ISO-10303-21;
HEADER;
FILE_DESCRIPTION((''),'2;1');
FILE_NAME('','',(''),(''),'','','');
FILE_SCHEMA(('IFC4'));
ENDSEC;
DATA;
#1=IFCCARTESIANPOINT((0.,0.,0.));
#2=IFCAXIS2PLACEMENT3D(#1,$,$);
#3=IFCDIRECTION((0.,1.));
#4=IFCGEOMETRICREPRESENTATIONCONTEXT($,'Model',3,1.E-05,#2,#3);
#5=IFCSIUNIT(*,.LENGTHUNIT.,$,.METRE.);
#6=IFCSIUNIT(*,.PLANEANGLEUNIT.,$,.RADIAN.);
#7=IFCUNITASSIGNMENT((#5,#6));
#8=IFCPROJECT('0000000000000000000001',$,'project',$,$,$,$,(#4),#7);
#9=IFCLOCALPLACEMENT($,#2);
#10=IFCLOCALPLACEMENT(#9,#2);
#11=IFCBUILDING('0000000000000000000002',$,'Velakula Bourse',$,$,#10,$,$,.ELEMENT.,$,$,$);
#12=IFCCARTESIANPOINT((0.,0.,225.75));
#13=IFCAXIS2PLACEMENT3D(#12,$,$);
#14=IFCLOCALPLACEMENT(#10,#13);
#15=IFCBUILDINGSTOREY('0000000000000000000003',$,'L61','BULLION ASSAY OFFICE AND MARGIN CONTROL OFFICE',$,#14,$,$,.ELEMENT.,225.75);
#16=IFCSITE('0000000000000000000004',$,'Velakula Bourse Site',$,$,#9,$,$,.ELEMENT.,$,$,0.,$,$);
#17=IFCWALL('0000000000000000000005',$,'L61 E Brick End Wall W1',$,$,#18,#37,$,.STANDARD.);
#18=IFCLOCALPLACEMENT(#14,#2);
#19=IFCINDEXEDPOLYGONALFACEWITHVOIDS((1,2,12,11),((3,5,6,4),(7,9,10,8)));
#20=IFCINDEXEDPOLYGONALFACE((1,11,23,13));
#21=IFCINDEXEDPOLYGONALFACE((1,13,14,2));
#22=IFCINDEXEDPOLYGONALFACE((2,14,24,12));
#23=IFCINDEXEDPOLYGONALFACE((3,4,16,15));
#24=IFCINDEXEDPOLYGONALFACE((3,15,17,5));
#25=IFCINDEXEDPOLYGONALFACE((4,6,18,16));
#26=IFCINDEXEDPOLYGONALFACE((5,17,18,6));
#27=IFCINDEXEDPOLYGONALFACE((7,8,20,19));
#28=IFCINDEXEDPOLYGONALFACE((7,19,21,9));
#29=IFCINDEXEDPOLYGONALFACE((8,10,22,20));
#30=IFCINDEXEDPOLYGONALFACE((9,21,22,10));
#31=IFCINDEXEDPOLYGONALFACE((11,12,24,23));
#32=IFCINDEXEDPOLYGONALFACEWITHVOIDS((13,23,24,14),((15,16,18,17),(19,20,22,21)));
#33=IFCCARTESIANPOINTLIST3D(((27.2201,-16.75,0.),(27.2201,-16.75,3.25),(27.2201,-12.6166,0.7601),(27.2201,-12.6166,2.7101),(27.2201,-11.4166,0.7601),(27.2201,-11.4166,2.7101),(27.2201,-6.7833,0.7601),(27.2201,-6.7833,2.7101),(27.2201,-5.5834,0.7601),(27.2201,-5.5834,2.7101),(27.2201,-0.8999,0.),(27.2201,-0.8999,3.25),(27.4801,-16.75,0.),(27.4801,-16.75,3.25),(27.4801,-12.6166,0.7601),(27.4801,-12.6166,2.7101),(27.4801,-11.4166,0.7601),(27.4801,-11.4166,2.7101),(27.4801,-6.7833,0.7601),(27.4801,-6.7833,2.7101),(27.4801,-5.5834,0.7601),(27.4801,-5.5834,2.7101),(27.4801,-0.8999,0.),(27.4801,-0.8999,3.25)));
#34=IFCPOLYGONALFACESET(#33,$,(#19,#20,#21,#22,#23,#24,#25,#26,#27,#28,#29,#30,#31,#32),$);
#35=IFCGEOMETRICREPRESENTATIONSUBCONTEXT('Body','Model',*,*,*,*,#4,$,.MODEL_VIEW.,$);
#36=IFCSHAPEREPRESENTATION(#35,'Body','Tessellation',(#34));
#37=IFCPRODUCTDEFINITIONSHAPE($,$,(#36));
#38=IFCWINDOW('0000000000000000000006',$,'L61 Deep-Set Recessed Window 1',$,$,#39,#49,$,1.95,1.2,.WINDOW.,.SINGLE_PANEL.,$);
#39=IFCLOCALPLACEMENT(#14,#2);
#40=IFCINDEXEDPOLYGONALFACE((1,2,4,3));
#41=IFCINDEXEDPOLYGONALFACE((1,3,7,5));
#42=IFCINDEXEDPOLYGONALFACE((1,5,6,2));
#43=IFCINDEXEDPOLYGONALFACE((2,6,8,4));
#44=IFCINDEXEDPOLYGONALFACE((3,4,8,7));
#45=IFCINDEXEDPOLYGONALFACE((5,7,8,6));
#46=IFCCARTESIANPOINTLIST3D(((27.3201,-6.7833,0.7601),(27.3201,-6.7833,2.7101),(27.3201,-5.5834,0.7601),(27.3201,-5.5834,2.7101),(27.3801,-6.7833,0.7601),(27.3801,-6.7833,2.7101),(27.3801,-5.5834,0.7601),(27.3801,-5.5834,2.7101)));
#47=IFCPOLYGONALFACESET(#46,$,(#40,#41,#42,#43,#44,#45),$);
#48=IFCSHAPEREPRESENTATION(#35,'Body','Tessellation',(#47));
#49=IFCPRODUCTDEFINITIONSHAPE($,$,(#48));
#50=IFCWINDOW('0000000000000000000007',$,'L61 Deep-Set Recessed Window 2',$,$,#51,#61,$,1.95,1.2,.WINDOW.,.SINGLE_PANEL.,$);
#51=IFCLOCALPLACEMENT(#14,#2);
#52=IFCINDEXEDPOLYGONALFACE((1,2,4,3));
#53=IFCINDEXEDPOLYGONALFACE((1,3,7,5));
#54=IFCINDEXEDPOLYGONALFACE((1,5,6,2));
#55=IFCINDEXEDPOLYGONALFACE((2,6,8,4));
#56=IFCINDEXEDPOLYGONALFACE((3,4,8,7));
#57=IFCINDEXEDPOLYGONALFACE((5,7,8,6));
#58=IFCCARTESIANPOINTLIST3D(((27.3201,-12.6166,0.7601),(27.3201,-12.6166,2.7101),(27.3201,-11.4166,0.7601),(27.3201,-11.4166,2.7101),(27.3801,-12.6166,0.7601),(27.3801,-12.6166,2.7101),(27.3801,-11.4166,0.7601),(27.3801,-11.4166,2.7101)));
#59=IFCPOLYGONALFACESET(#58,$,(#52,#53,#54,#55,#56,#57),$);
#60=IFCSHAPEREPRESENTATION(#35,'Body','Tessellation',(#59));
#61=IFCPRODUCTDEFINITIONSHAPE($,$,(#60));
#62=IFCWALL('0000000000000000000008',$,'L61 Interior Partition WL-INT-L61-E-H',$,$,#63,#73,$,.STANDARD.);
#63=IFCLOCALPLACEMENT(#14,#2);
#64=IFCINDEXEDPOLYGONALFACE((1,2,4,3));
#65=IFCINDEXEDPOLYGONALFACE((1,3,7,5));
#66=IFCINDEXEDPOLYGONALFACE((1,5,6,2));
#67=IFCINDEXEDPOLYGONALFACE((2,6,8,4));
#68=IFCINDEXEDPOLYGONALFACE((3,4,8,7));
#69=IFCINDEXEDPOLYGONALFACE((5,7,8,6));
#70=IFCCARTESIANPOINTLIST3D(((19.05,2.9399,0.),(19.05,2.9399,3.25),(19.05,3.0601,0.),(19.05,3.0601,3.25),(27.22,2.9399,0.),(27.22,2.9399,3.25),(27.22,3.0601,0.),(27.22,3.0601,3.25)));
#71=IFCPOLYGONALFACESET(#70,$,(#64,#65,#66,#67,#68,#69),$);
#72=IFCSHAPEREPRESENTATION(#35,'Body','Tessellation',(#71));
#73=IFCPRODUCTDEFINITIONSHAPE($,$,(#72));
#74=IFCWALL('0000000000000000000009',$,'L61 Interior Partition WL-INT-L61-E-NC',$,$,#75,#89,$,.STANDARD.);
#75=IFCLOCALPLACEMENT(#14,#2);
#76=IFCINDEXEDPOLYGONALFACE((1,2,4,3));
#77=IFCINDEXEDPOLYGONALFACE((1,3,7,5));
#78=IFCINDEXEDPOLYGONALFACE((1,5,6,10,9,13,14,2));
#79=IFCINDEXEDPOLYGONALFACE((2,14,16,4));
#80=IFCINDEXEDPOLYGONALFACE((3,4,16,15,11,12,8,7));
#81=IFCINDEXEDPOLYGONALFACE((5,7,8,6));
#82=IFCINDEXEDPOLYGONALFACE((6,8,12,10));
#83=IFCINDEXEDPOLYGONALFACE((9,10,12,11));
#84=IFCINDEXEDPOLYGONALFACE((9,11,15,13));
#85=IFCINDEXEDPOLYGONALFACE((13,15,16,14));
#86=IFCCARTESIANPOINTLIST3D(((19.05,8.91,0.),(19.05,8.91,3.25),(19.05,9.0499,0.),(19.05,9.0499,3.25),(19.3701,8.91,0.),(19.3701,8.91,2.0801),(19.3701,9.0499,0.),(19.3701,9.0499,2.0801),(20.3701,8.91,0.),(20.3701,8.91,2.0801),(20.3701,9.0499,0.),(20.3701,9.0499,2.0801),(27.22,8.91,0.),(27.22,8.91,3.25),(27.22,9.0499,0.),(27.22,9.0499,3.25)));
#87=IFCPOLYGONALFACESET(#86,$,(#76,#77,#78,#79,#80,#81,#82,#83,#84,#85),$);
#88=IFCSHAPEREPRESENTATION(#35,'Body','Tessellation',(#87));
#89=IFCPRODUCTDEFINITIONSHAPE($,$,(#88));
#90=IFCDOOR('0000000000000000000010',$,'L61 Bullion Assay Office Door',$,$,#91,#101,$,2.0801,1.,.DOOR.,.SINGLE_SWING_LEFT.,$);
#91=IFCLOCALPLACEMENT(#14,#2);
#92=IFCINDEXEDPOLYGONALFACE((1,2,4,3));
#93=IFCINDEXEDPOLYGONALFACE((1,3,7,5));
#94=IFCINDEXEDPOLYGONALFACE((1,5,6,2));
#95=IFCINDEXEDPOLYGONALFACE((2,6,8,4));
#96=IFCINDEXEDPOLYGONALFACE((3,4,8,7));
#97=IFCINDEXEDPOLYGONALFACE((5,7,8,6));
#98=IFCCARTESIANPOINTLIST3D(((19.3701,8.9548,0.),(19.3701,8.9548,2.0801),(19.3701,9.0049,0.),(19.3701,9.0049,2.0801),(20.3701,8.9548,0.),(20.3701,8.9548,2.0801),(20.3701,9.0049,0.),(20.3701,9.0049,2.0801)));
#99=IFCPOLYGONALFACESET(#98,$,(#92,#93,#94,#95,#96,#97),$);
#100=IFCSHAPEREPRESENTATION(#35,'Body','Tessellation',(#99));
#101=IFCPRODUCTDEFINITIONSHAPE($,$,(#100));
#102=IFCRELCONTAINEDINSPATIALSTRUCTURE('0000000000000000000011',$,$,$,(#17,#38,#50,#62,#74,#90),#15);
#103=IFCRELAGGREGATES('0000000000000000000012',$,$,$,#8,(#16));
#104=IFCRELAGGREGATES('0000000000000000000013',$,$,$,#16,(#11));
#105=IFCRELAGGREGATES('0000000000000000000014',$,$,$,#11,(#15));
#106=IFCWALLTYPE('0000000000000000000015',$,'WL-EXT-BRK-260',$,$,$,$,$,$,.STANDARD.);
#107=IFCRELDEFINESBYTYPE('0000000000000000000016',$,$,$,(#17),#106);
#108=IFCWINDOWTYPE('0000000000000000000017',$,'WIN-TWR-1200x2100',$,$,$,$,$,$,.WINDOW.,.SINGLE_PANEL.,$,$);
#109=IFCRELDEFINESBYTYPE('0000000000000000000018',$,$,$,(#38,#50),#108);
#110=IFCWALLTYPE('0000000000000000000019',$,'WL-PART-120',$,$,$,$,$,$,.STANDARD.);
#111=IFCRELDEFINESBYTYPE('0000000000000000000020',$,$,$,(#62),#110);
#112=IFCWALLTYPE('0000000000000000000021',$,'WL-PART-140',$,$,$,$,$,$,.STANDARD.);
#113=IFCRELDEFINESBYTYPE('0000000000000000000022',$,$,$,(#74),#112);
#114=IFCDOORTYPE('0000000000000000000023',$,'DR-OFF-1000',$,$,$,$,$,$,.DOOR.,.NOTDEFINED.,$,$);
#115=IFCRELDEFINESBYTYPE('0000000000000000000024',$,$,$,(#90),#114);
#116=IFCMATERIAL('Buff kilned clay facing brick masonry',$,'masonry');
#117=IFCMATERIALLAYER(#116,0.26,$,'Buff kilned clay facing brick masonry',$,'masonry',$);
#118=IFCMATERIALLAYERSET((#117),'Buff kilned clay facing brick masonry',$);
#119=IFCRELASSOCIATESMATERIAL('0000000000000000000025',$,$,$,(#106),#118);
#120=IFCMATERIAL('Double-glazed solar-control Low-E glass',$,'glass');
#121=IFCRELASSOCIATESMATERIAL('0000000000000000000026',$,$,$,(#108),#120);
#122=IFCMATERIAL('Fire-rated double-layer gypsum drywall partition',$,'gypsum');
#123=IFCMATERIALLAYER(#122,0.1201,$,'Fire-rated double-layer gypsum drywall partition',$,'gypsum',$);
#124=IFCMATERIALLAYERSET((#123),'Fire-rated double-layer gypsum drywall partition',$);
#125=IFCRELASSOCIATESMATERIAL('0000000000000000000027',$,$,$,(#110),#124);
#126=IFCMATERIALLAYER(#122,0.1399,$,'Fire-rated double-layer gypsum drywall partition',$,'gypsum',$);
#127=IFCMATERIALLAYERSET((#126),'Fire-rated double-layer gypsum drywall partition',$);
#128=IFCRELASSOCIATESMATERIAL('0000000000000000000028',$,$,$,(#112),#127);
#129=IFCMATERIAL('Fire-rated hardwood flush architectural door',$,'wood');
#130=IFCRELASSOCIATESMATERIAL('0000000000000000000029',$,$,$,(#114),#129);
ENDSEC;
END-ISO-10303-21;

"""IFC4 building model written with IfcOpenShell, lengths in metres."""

from ifc_helpers import new_model, si_unit, direction, frame, frame_2d, origin, place, context, subcontext, project, spatial, rectangle, extrude, material, layer, layer_set, type_object, element, fill, save


model = new_model("IFC4")

# Units and contexts
model_context = context("Model", 3, precision=1e-05, world=origin(), true_north=direction((0.0, 1.0)))
body_context = subcontext(model_context, "Body", "Model", "MODEL_VIEW")
ifc_project = project(units=[si_unit("LENGTHUNIT", "METRE"), si_unit("PLANEANGLEUNIT", "RADIAN")], contexts=[model_context])

# Site, building, storey
site_placement = place(None, origin())
site = spatial("IfcSite", under=ifc_project, at=site_placement, Name="Velakula Bourse Site", CompositionType="ELEMENT", RefElevation=0.0)
building_placement = place(site_placement, origin())
building = spatial("IfcBuilding", under=site, at=building_placement, Name="Velakula Bourse", CompositionType="ELEMENT")
storey_placement = place(building_placement, frame((0.0, 0.0, 225.75)))
storey = spatial("IfcBuildingStorey", under=building, at=storey_placement, Name="L61", Description="BULLION ASSAY OFFICE AND MARGIN CONTROL OFFICE", CompositionType="ELEMENT", Elevation=225.75)

# Wall, openings, windows
ifc_material_1 = material(Name="Buff kilned clay facing brick masonry", Category="masonry")
ifc_layer_1 = layer(ifc_material_1, 0.26, Name="Buff kilned clay facing brick masonry", Category="masonry")
ifc_layer_set_1 = layer_set([ifc_layer_1], Name="Buff kilned clay facing brick masonry")
wall_type_1 = type_object("IfcWallType", Name="WL-EXT-BRK-260", PredefinedType="STANDARD", material=ifc_layer_set_1)
wall_1_placement = place(storey_placement, frame((27.3501, -0.8999, 0.0), z_axis=(0.0, 0.0, 1.0), x_axis=(0.0, -1.0, 0.0)))
wall_1 = element("IfcWall", 1, at=wall_1_placement, inside=storey, type_object=wall_type_1, Name="L61 E Brick End Wall W1", PredefinedType="STANDARD", context=body_context, shape_type="SweptSolid", body=[
    extrude(rectangle(XDim=15.8501, YDim=0.26, at=frame_2d((7.925, 0.0))), origin(), (0.0, 0.0, 1.0), 3.25),
])
opening_1_placement = place(wall_1_placement, frame((4.6833, 0.0, 0.76)))
opening_1 = element("IfcOpeningElement", 2, at=opening_1_placement, cuts=wall_1, PredefinedType="OPENING", context=body_context, shape_type="SweptSolid", body=[
    extrude(rectangle(XDim=1.2, YDim=1.95, at=frame_2d((0.6001, 0.9751))), frame((0.0, 0.1399, 0.0), z_axis=(0.0, -1.0, 0.0), x_axis=(1.0, 0.0, 0.0)), (0.0, 0.0, 1.0), 0.28),
])
opening_2_placement = place(wall_1_placement, frame((10.5166, 0.0, 0.76)))
opening_2 = element("IfcOpeningElement", 3, at=opening_2_placement, cuts=wall_1, PredefinedType="OPENING", context=body_context, shape_type="SweptSolid", body=[
    extrude(rectangle(XDim=1.2, YDim=1.95, at=frame_2d((0.6001, 0.9751))), frame((0.0, 0.1399, 0.0), z_axis=(0.0, -1.0, 0.0), x_axis=(1.0, 0.0, 0.0)), (0.0, 0.0, 1.0), 0.28),
])
ifc_material_2 = material(Name="Double-glazed solar-control Low-E glass", Category="glass")
window_type = type_object("IfcWindowType", Name="WIN-TWR-1200x2100", PartitioningType="SINGLE_PANEL", PredefinedType="WINDOW", material=ifc_material_2)
window_1_placement = place(opening_1_placement, origin())
window_1 = element("IfcWindow", 4, at=window_1_placement, inside=storey, type_object=window_type, Name="L61 Deep-Set Recessed Window 1", OverallHeight=1.95, OverallWidth=1.2, PartitioningType="SINGLE_PANEL", PredefinedType="WINDOW", context=body_context, shape_type="SweptSolid", body=[
    extrude(rectangle(XDim=1.2, YDim=1.95, at=frame_2d((0.6001, 0.9751))), frame((0.0, 0.03, 0.0), z_axis=(0.0, -1.0, 0.0), x_axis=(1.0, 0.0, 0.0)), (0.0, 0.0, 1.0), 0.0601),
])
fill(opening_1, window_1)
window_2_placement = place(opening_2_placement, origin())
window_2 = element("IfcWindow", 5, at=window_2_placement, inside=storey, type_object=window_type, Name="L61 Deep-Set Recessed Window 2", OverallHeight=1.95, OverallWidth=1.2, PartitioningType="SINGLE_PANEL", PredefinedType="WINDOW", context=body_context, shape_type="SweptSolid", body=[
    extrude(rectangle(XDim=1.2, YDim=1.95, at=frame_2d((0.6001, 0.9751))), frame((0.0, 0.03, 0.0), z_axis=(0.0, -1.0, 0.0), x_axis=(1.0, 0.0, 0.0)), (0.0, 0.0, 1.0), 0.0601),
])
fill(opening_2, window_2)

# Wall
ifc_material_3 = material(Name="Fire-rated double-layer gypsum drywall partition", Category="gypsum")
ifc_layer_2 = layer(ifc_material_3, 0.1201, Name="Fire-rated double-layer gypsum drywall partition", Category="gypsum")
ifc_layer_set_2 = layer_set([ifc_layer_2], Name="Fire-rated double-layer gypsum drywall partition")
wall_type_2 = type_object("IfcWallType", Name="WL-PART-120", PredefinedType="STANDARD", material=ifc_layer_set_2)
wall_2_placement = place(storey_placement, frame((19.05, 3.0, 0.0), z_axis=(0.0, 0.0, 1.0), x_axis=(1.0, 0.0, 0.0)))
element("IfcWall", 6, at=wall_2_placement, inside=storey, type_object=wall_type_2, Name="L61 Interior Partition WL-INT-L61-E-H", PredefinedType="STANDARD", context=body_context, shape_type="SweptSolid", body=[
    extrude(rectangle(XDim=8.1699, YDim=0.1201, at=frame_2d((4.085, 0.0))), origin(), (0.0, 0.0, 1.0), 3.25),
])

# Wall, opening, door
ifc_layer_3 = layer(ifc_material_3, 0.1399, Name="Fire-rated double-layer gypsum drywall partition", Category="gypsum")
ifc_layer_set_3 = layer_set([ifc_layer_3], Name="Fire-rated double-layer gypsum drywall partition")
wall_type_3 = type_object("IfcWallType", Name="WL-PART-140", PredefinedType="STANDARD", material=ifc_layer_set_3)
wall_3_placement = place(storey_placement, frame((19.05, 8.98, 0.0), z_axis=(0.0, 0.0, 1.0), x_axis=(1.0, 0.0, 0.0)))
wall_3 = element("IfcWall", 7, at=wall_3_placement, inside=storey, type_object=wall_type_3, Name="L61 Interior Partition WL-INT-L61-E-NC", PredefinedType="STANDARD", context=body_context, shape_type="SweptSolid", body=[
    extrude(rectangle(XDim=8.1699, YDim=0.1399, at=frame_2d((4.085, 0.0))), origin(), (0.0, 0.0, 1.0), 3.25),
])
opening_3_placement = place(wall_3_placement, frame((0.3201, 0.0, 0.0)))
opening_3 = element("IfcOpeningElement", 8, at=opening_3_placement, cuts=wall_3, PredefinedType="OPENING", context=body_context, shape_type="SweptSolid", body=[
    extrude(rectangle(XDim=1.0, YDim=2.0801, at=frame_2d((0.5, 1.04))), frame((0.0, 0.0798, 0.0), z_axis=(0.0, -1.0, 0.0), x_axis=(1.0, 0.0, 0.0)), (0.0, 0.0, 1.0), 0.1599),
])
ifc_material_4 = material(Name="Fire-rated hardwood flush architectural door", Category="wood")
door_type = type_object("IfcDoorType", Name="DR-OFF-1000", OperationType="NOTDEFINED", PredefinedType="DOOR", material=ifc_material_4)
door_placement = place(opening_3_placement, origin())
door = element("IfcDoor", 9, at=door_placement, inside=storey, type_object=door_type, Name="L61 Bullion Assay Office Door", OperationType="SINGLE_SWING_LEFT", OverallHeight=2.0801, OverallWidth=1.0, PredefinedType="DOOR", context=body_context, shape_type="SweptSolid", body=[
    extrude(rectangle(XDim=1.0, YDim=2.0801, at=frame_2d((0.5, 1.04))), frame((0.0, 0.0249, 0.0), z_axis=(0.0, -1.0, 0.0), x_axis=(1.0, 0.0, 0.0)), (0.0, 0.0, 1.0), 0.05),
])
fill(opening_3, door)

save(model, "model.ifc")
